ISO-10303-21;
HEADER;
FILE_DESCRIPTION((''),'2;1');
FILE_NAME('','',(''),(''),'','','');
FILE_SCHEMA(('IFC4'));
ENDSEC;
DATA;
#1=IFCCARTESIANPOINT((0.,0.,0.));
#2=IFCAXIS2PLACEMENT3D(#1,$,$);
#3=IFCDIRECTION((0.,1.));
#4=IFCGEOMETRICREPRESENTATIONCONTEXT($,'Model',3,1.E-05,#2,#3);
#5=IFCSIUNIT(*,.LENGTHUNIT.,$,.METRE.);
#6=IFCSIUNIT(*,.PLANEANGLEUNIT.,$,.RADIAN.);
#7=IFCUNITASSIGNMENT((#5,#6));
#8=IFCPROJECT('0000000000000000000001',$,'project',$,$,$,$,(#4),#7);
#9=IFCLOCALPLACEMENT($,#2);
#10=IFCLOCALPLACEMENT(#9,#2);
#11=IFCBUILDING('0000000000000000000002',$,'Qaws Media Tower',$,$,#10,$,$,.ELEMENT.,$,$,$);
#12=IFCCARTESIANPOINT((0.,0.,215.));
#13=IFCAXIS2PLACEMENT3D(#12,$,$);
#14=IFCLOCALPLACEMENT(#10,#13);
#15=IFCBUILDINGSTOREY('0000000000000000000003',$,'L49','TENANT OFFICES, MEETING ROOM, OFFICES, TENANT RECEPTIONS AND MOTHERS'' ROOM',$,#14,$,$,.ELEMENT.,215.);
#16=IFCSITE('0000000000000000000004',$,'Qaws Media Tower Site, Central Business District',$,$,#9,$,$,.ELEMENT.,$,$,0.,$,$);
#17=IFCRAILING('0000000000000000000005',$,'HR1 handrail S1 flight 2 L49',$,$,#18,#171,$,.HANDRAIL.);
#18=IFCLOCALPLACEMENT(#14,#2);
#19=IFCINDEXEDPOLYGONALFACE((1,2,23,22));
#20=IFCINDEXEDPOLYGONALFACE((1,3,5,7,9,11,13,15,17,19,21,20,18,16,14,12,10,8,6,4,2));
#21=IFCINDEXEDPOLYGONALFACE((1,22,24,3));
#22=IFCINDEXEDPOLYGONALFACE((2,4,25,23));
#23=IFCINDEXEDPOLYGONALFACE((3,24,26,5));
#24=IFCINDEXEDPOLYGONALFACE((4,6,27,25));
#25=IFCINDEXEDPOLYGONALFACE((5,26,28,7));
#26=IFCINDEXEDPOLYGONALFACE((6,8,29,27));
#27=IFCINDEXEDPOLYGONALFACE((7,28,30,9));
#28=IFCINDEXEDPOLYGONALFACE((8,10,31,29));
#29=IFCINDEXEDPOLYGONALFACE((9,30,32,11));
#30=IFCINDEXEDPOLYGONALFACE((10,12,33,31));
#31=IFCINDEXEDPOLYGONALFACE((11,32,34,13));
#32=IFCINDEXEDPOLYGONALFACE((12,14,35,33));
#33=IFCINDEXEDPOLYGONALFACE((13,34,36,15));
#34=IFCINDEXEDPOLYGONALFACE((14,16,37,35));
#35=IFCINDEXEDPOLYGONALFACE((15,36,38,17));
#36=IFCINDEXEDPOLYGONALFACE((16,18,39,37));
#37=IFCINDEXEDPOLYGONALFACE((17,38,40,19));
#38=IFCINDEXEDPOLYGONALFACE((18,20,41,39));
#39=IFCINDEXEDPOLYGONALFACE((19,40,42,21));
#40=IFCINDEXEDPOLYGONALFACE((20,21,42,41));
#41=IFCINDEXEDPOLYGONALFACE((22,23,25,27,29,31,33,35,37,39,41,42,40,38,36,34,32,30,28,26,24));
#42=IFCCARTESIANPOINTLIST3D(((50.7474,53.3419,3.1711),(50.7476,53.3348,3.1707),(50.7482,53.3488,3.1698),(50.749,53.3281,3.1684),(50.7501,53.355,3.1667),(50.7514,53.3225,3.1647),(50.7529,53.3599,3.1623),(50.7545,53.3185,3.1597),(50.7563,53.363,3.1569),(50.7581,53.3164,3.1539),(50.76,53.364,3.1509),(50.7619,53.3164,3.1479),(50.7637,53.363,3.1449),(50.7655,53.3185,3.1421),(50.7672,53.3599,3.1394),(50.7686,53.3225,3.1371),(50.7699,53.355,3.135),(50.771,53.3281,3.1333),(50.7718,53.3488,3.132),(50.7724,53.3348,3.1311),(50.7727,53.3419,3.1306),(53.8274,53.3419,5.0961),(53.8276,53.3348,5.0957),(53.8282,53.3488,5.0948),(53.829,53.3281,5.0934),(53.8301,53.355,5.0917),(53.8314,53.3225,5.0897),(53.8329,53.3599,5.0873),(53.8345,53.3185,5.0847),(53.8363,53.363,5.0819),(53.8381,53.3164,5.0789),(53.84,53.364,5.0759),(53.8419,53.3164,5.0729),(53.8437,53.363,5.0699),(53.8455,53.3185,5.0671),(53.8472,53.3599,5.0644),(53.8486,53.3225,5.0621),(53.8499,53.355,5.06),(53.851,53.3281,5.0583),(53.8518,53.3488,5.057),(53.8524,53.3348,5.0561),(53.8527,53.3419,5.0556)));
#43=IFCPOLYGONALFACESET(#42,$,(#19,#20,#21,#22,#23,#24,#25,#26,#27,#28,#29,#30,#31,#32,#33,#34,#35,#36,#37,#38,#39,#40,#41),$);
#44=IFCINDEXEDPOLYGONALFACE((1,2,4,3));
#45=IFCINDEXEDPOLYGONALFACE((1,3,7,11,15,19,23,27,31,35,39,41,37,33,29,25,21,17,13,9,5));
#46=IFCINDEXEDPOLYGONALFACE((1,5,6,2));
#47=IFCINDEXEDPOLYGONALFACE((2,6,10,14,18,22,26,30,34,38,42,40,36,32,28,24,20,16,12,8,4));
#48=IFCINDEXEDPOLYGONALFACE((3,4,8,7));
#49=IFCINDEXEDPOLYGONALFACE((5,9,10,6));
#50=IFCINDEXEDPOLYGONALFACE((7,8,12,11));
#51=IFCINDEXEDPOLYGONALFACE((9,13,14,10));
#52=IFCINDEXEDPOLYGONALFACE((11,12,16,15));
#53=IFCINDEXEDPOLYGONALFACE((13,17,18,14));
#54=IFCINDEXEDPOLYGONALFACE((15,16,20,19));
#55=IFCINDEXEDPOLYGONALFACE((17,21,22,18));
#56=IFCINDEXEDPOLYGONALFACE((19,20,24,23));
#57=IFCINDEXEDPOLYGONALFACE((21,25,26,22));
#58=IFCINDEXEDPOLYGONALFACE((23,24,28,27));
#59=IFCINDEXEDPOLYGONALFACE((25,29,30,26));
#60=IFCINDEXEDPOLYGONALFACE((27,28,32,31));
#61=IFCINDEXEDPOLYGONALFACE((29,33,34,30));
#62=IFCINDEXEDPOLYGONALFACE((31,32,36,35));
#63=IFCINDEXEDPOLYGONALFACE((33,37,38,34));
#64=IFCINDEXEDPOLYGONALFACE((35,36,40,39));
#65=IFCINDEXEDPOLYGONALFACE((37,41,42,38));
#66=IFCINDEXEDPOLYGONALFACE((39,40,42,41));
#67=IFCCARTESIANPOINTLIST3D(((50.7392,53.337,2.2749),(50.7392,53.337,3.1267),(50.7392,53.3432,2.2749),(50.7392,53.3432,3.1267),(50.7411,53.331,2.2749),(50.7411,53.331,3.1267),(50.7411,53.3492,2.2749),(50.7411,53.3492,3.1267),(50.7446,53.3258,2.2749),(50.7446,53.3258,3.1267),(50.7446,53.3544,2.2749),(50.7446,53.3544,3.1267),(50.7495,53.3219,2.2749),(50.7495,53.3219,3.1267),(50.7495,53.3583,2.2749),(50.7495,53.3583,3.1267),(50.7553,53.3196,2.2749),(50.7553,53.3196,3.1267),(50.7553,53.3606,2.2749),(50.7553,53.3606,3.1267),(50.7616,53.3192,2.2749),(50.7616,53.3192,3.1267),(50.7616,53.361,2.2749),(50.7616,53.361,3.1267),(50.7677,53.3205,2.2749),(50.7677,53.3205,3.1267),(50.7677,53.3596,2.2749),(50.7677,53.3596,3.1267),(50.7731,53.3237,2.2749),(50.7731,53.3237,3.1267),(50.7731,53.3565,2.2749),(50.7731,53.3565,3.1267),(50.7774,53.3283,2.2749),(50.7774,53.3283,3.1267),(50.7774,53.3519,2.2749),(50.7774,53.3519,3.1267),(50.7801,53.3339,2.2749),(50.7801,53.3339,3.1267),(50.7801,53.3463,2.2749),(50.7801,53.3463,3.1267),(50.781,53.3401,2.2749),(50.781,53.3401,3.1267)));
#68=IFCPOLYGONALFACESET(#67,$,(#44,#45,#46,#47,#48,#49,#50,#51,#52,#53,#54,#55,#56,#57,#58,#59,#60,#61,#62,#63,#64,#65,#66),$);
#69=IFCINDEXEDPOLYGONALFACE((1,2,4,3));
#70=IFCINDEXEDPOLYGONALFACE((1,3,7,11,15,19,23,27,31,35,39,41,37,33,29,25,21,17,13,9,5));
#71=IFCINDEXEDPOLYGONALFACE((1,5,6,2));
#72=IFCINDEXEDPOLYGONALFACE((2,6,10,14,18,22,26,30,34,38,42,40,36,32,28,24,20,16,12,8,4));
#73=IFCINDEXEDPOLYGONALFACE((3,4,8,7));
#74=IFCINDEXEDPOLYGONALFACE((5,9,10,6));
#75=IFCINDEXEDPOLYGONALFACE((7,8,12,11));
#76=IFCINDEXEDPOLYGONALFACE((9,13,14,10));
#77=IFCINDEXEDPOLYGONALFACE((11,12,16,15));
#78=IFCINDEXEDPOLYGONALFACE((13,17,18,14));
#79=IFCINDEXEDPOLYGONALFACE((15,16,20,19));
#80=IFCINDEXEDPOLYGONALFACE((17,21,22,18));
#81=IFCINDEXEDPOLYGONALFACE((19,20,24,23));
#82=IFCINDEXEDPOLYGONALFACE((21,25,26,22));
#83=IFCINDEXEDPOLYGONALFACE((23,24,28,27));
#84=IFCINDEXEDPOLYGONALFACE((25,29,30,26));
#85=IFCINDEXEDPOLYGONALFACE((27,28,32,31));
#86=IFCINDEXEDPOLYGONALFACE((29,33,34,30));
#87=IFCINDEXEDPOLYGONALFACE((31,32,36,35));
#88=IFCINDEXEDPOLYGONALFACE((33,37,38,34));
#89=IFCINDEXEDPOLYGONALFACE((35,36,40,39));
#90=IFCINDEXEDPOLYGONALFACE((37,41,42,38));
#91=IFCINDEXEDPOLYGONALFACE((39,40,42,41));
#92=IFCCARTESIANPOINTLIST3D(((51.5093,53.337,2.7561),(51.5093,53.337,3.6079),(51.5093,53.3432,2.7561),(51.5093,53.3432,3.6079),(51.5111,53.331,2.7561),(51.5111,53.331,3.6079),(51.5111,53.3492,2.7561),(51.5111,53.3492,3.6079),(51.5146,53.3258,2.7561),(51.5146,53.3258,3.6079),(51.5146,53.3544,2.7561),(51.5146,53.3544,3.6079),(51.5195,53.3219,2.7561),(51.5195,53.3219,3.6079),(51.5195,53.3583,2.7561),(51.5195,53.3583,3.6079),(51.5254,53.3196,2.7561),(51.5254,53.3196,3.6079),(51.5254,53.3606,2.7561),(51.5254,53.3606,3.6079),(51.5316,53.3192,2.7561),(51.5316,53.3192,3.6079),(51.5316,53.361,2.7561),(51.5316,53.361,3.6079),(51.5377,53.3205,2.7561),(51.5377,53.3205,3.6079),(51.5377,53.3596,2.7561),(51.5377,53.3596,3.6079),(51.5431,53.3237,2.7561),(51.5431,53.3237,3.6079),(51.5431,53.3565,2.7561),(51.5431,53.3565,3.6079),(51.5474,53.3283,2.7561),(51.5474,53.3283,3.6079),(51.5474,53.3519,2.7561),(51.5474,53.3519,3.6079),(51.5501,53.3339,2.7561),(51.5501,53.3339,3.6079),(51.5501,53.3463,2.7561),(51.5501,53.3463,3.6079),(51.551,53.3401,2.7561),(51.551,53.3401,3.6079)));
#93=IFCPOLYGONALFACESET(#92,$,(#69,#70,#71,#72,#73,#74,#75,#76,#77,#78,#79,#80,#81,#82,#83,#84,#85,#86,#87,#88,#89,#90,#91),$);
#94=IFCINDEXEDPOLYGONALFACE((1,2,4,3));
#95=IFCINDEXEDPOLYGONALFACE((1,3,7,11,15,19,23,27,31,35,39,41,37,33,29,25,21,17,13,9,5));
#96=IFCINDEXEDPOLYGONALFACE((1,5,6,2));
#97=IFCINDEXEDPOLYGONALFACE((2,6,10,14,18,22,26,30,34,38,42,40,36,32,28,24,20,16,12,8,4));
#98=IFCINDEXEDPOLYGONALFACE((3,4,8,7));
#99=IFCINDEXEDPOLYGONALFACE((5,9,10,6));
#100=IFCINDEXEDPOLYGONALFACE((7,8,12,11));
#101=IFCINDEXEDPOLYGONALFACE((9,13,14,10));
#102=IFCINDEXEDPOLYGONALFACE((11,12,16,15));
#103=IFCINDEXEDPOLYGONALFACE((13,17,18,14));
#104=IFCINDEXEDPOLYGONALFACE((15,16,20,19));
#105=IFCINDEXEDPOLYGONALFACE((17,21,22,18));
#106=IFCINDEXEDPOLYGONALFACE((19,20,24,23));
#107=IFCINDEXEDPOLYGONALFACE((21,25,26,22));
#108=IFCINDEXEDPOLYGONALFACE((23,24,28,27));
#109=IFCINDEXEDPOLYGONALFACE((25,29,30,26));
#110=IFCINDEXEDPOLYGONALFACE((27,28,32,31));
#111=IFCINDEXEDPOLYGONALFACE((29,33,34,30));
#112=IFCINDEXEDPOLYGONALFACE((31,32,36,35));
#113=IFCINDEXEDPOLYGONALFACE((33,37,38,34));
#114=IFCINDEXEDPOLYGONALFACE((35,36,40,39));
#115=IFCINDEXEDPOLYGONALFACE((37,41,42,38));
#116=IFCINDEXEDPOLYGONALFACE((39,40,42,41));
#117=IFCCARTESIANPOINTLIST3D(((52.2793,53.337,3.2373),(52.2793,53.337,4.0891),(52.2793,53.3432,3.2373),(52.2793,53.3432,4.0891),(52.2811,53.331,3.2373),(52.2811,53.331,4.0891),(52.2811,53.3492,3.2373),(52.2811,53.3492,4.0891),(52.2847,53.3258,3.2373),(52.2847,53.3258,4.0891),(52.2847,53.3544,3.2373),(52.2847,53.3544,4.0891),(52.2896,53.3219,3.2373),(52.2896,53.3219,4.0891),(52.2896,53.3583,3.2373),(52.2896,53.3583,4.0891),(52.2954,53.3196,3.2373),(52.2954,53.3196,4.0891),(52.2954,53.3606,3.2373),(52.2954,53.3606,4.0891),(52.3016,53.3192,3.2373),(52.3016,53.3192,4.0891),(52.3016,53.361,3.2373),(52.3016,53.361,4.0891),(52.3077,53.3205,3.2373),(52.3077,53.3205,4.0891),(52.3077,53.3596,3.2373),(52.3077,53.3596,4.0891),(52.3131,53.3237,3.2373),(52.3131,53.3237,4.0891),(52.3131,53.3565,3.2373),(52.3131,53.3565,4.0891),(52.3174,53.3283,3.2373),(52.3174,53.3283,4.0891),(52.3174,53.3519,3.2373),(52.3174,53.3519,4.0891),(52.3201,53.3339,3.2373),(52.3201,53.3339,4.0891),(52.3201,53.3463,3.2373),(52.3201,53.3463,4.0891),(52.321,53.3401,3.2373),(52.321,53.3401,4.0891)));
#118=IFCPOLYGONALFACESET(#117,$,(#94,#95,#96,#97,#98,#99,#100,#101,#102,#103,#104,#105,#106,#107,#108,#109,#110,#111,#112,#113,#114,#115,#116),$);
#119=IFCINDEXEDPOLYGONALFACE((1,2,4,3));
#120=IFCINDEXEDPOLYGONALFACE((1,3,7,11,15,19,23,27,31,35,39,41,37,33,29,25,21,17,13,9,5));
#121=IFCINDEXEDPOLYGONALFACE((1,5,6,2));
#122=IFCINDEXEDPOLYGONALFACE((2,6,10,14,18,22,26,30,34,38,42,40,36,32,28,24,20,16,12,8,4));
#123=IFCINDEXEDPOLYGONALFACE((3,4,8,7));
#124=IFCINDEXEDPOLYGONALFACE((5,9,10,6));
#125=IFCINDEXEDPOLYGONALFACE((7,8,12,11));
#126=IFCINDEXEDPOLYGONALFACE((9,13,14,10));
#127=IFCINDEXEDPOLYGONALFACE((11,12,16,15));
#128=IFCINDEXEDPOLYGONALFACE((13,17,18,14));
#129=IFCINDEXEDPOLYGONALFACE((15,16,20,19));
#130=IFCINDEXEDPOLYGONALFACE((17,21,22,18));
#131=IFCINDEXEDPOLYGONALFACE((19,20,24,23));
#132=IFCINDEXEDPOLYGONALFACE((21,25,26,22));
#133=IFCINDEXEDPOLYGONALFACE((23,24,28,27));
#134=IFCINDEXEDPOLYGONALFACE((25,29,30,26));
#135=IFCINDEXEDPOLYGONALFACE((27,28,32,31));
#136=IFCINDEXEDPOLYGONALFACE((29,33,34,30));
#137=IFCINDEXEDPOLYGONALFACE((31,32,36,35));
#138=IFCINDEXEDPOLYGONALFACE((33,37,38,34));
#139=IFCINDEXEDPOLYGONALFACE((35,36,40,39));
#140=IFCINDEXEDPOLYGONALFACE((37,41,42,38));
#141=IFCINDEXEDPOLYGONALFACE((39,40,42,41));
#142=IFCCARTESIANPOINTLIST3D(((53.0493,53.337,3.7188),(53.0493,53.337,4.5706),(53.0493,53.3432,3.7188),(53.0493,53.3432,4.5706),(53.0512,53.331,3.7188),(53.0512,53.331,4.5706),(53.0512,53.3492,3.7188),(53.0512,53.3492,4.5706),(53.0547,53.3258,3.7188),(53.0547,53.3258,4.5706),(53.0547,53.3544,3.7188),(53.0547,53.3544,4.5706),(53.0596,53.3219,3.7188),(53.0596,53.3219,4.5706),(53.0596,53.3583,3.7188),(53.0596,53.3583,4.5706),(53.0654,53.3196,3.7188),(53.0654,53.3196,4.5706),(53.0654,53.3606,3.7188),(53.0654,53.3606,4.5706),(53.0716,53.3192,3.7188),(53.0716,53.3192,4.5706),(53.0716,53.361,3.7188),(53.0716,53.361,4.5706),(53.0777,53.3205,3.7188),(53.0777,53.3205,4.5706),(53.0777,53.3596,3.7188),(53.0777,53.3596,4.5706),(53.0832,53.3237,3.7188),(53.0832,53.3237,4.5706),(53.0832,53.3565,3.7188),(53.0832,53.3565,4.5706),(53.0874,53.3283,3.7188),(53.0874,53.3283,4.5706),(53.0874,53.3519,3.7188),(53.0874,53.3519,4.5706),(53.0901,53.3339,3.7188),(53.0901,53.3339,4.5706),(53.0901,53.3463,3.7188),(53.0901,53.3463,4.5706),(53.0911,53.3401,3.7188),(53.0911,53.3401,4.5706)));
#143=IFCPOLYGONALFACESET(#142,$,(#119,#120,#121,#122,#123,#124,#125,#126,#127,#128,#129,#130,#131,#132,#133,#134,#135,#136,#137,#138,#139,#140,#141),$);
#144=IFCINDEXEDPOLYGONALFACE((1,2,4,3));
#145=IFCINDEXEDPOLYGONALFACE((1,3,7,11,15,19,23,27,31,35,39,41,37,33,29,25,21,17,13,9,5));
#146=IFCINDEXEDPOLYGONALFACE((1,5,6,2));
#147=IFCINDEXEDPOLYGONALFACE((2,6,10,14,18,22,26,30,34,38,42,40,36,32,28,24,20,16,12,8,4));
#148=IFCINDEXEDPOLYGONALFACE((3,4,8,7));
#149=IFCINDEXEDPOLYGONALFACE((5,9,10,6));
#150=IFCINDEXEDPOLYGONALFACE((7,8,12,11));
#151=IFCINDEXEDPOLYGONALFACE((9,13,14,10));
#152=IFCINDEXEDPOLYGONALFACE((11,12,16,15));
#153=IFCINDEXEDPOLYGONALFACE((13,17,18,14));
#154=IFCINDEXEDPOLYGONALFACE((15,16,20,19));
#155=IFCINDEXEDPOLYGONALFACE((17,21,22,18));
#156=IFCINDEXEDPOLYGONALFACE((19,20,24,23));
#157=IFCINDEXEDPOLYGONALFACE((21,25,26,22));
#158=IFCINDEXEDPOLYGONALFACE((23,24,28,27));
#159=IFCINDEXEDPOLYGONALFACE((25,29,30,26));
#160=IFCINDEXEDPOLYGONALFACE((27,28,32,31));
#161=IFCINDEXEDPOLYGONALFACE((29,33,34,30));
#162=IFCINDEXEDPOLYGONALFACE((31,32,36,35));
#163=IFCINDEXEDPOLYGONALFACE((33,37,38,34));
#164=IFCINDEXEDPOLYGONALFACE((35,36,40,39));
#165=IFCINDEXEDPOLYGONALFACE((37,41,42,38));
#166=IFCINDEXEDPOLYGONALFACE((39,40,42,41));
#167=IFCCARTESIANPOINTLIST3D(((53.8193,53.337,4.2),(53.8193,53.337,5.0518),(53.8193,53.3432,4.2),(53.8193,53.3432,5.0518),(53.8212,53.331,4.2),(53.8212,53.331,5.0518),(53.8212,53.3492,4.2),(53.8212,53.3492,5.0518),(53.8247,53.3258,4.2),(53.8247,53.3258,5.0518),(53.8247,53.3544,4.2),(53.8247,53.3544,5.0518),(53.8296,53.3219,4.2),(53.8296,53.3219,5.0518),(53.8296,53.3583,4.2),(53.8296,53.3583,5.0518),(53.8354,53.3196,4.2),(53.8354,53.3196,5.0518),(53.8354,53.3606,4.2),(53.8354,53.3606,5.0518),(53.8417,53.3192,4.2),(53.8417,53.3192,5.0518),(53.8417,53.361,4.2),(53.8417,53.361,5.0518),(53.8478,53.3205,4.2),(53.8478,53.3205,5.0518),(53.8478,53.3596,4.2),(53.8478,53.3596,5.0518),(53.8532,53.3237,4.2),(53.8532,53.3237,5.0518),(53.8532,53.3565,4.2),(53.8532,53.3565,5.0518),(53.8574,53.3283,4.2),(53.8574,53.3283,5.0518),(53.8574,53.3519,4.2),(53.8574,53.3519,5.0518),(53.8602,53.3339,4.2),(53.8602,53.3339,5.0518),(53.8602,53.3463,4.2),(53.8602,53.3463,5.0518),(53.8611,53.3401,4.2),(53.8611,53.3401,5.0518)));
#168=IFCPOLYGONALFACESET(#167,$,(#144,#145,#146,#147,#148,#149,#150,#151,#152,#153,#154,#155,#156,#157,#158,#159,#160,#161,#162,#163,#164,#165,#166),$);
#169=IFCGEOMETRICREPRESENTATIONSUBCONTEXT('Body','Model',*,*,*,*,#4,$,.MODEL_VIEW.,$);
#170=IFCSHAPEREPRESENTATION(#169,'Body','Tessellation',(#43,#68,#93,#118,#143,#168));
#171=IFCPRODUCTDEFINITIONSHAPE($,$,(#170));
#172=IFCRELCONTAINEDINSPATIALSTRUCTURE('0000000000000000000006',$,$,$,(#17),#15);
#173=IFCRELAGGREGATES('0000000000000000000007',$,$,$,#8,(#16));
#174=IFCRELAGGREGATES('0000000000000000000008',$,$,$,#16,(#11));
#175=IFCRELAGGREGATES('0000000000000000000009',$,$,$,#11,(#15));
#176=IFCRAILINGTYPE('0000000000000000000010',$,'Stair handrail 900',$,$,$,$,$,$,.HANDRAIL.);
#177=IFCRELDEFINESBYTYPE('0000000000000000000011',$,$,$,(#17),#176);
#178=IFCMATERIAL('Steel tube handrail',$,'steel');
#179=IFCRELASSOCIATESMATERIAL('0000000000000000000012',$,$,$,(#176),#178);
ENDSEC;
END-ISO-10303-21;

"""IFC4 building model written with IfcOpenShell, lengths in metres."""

from ifc_helpers import new_model, si_unit, direction, frame, origin, origin_2d, place, context, subcontext, project, spatial, circle, extrude, material, type_object, element, save


model = new_model("IFC4")

# Units and contexts
model_context = context("Model", 3, precision=1e-05, world=origin(), true_north=direction((0.0, 1.0)))
body_context = subcontext(model_context, "Body", "Model", "MODEL_VIEW")
ifc_project = project(units=[si_unit("LENGTHUNIT", "METRE"), si_unit("PLANEANGLEUNIT", "RADIAN")], contexts=[model_context])

# Site, building, storey
site_placement = place(None, origin())
site = spatial("IfcSite", under=ifc_project, at=site_placement, Name="Qaws Media Tower Site, Central Business District", CompositionType="ELEMENT", RefElevation=0.0)
building_placement = place(site_placement, origin())
building = spatial("IfcBuilding", under=site, at=building_placement, Name="Qaws Media Tower", CompositionType="ELEMENT")
storey_placement = place(building_placement, frame((0.0, 0.0, 215.0)))
storey = spatial("IfcBuildingStorey", under=building, at=storey_placement, Name="L49", Description="TENANT OFFICES, MEETING ROOM, OFFICES, TENANT RECEPTIONS AND MOTHERS' ROOM", CompositionType="ELEMENT", Elevation=215.0)

# Railing
ifc_material_1 = material(Name="Steel tube handrail", Category="steel")
railing_type = type_object("IfcRailingType", Name="Stair handrail 900", PredefinedType="HANDRAIL", material=ifc_material_1)
for number, where, name in (
    (1, (50.76, 53.3401, 2.2749), "HR1 handrail S1 flight 2 L49"),
):
    element("IfcRailing", number, at=place(storey_placement, frame(where)), inside=storey, type_object=railing_type, Name=name, PredefinedType="HANDRAIL", context=body_context, shape_type="SweptSolid", body=[
        extrude(circle(Radius=0.0239, at=origin_2d()), frame((0.0, 0.0, 0.876), z_axis=(0.847998, 0.0, 0.529999), x_axis=(0.0, 1.0, 0.0)), (0.0, 0.0, 1.0), 3.6321),
        extrude(circle(Radius=0.021, at=origin_2d()), origin(), (0.0, 0.0, 1.0), 0.8518),
        extrude(circle(Radius=0.021, at=origin_2d()), frame((0.77, 0.0, 0.4812)), (0.0, 0.0, 1.0), 0.8518),
        extrude(circle(Radius=0.021, at=origin_2d()), frame((1.54, 0.0, 0.9624)), (0.0, 0.0, 1.0), 0.8518),
        extrude(circle(Radius=0.021, at=origin_2d()), frame((2.3101, 0.0, 1.4438)), (0.0, 0.0, 1.0), 0.8518),
        extrude(circle(Radius=0.021, at=origin_2d()), frame((3.0801, 0.0, 1.925)), (0.0, 0.0, 1.0), 0.8518),
    ])

save(model, "model.ifc")
